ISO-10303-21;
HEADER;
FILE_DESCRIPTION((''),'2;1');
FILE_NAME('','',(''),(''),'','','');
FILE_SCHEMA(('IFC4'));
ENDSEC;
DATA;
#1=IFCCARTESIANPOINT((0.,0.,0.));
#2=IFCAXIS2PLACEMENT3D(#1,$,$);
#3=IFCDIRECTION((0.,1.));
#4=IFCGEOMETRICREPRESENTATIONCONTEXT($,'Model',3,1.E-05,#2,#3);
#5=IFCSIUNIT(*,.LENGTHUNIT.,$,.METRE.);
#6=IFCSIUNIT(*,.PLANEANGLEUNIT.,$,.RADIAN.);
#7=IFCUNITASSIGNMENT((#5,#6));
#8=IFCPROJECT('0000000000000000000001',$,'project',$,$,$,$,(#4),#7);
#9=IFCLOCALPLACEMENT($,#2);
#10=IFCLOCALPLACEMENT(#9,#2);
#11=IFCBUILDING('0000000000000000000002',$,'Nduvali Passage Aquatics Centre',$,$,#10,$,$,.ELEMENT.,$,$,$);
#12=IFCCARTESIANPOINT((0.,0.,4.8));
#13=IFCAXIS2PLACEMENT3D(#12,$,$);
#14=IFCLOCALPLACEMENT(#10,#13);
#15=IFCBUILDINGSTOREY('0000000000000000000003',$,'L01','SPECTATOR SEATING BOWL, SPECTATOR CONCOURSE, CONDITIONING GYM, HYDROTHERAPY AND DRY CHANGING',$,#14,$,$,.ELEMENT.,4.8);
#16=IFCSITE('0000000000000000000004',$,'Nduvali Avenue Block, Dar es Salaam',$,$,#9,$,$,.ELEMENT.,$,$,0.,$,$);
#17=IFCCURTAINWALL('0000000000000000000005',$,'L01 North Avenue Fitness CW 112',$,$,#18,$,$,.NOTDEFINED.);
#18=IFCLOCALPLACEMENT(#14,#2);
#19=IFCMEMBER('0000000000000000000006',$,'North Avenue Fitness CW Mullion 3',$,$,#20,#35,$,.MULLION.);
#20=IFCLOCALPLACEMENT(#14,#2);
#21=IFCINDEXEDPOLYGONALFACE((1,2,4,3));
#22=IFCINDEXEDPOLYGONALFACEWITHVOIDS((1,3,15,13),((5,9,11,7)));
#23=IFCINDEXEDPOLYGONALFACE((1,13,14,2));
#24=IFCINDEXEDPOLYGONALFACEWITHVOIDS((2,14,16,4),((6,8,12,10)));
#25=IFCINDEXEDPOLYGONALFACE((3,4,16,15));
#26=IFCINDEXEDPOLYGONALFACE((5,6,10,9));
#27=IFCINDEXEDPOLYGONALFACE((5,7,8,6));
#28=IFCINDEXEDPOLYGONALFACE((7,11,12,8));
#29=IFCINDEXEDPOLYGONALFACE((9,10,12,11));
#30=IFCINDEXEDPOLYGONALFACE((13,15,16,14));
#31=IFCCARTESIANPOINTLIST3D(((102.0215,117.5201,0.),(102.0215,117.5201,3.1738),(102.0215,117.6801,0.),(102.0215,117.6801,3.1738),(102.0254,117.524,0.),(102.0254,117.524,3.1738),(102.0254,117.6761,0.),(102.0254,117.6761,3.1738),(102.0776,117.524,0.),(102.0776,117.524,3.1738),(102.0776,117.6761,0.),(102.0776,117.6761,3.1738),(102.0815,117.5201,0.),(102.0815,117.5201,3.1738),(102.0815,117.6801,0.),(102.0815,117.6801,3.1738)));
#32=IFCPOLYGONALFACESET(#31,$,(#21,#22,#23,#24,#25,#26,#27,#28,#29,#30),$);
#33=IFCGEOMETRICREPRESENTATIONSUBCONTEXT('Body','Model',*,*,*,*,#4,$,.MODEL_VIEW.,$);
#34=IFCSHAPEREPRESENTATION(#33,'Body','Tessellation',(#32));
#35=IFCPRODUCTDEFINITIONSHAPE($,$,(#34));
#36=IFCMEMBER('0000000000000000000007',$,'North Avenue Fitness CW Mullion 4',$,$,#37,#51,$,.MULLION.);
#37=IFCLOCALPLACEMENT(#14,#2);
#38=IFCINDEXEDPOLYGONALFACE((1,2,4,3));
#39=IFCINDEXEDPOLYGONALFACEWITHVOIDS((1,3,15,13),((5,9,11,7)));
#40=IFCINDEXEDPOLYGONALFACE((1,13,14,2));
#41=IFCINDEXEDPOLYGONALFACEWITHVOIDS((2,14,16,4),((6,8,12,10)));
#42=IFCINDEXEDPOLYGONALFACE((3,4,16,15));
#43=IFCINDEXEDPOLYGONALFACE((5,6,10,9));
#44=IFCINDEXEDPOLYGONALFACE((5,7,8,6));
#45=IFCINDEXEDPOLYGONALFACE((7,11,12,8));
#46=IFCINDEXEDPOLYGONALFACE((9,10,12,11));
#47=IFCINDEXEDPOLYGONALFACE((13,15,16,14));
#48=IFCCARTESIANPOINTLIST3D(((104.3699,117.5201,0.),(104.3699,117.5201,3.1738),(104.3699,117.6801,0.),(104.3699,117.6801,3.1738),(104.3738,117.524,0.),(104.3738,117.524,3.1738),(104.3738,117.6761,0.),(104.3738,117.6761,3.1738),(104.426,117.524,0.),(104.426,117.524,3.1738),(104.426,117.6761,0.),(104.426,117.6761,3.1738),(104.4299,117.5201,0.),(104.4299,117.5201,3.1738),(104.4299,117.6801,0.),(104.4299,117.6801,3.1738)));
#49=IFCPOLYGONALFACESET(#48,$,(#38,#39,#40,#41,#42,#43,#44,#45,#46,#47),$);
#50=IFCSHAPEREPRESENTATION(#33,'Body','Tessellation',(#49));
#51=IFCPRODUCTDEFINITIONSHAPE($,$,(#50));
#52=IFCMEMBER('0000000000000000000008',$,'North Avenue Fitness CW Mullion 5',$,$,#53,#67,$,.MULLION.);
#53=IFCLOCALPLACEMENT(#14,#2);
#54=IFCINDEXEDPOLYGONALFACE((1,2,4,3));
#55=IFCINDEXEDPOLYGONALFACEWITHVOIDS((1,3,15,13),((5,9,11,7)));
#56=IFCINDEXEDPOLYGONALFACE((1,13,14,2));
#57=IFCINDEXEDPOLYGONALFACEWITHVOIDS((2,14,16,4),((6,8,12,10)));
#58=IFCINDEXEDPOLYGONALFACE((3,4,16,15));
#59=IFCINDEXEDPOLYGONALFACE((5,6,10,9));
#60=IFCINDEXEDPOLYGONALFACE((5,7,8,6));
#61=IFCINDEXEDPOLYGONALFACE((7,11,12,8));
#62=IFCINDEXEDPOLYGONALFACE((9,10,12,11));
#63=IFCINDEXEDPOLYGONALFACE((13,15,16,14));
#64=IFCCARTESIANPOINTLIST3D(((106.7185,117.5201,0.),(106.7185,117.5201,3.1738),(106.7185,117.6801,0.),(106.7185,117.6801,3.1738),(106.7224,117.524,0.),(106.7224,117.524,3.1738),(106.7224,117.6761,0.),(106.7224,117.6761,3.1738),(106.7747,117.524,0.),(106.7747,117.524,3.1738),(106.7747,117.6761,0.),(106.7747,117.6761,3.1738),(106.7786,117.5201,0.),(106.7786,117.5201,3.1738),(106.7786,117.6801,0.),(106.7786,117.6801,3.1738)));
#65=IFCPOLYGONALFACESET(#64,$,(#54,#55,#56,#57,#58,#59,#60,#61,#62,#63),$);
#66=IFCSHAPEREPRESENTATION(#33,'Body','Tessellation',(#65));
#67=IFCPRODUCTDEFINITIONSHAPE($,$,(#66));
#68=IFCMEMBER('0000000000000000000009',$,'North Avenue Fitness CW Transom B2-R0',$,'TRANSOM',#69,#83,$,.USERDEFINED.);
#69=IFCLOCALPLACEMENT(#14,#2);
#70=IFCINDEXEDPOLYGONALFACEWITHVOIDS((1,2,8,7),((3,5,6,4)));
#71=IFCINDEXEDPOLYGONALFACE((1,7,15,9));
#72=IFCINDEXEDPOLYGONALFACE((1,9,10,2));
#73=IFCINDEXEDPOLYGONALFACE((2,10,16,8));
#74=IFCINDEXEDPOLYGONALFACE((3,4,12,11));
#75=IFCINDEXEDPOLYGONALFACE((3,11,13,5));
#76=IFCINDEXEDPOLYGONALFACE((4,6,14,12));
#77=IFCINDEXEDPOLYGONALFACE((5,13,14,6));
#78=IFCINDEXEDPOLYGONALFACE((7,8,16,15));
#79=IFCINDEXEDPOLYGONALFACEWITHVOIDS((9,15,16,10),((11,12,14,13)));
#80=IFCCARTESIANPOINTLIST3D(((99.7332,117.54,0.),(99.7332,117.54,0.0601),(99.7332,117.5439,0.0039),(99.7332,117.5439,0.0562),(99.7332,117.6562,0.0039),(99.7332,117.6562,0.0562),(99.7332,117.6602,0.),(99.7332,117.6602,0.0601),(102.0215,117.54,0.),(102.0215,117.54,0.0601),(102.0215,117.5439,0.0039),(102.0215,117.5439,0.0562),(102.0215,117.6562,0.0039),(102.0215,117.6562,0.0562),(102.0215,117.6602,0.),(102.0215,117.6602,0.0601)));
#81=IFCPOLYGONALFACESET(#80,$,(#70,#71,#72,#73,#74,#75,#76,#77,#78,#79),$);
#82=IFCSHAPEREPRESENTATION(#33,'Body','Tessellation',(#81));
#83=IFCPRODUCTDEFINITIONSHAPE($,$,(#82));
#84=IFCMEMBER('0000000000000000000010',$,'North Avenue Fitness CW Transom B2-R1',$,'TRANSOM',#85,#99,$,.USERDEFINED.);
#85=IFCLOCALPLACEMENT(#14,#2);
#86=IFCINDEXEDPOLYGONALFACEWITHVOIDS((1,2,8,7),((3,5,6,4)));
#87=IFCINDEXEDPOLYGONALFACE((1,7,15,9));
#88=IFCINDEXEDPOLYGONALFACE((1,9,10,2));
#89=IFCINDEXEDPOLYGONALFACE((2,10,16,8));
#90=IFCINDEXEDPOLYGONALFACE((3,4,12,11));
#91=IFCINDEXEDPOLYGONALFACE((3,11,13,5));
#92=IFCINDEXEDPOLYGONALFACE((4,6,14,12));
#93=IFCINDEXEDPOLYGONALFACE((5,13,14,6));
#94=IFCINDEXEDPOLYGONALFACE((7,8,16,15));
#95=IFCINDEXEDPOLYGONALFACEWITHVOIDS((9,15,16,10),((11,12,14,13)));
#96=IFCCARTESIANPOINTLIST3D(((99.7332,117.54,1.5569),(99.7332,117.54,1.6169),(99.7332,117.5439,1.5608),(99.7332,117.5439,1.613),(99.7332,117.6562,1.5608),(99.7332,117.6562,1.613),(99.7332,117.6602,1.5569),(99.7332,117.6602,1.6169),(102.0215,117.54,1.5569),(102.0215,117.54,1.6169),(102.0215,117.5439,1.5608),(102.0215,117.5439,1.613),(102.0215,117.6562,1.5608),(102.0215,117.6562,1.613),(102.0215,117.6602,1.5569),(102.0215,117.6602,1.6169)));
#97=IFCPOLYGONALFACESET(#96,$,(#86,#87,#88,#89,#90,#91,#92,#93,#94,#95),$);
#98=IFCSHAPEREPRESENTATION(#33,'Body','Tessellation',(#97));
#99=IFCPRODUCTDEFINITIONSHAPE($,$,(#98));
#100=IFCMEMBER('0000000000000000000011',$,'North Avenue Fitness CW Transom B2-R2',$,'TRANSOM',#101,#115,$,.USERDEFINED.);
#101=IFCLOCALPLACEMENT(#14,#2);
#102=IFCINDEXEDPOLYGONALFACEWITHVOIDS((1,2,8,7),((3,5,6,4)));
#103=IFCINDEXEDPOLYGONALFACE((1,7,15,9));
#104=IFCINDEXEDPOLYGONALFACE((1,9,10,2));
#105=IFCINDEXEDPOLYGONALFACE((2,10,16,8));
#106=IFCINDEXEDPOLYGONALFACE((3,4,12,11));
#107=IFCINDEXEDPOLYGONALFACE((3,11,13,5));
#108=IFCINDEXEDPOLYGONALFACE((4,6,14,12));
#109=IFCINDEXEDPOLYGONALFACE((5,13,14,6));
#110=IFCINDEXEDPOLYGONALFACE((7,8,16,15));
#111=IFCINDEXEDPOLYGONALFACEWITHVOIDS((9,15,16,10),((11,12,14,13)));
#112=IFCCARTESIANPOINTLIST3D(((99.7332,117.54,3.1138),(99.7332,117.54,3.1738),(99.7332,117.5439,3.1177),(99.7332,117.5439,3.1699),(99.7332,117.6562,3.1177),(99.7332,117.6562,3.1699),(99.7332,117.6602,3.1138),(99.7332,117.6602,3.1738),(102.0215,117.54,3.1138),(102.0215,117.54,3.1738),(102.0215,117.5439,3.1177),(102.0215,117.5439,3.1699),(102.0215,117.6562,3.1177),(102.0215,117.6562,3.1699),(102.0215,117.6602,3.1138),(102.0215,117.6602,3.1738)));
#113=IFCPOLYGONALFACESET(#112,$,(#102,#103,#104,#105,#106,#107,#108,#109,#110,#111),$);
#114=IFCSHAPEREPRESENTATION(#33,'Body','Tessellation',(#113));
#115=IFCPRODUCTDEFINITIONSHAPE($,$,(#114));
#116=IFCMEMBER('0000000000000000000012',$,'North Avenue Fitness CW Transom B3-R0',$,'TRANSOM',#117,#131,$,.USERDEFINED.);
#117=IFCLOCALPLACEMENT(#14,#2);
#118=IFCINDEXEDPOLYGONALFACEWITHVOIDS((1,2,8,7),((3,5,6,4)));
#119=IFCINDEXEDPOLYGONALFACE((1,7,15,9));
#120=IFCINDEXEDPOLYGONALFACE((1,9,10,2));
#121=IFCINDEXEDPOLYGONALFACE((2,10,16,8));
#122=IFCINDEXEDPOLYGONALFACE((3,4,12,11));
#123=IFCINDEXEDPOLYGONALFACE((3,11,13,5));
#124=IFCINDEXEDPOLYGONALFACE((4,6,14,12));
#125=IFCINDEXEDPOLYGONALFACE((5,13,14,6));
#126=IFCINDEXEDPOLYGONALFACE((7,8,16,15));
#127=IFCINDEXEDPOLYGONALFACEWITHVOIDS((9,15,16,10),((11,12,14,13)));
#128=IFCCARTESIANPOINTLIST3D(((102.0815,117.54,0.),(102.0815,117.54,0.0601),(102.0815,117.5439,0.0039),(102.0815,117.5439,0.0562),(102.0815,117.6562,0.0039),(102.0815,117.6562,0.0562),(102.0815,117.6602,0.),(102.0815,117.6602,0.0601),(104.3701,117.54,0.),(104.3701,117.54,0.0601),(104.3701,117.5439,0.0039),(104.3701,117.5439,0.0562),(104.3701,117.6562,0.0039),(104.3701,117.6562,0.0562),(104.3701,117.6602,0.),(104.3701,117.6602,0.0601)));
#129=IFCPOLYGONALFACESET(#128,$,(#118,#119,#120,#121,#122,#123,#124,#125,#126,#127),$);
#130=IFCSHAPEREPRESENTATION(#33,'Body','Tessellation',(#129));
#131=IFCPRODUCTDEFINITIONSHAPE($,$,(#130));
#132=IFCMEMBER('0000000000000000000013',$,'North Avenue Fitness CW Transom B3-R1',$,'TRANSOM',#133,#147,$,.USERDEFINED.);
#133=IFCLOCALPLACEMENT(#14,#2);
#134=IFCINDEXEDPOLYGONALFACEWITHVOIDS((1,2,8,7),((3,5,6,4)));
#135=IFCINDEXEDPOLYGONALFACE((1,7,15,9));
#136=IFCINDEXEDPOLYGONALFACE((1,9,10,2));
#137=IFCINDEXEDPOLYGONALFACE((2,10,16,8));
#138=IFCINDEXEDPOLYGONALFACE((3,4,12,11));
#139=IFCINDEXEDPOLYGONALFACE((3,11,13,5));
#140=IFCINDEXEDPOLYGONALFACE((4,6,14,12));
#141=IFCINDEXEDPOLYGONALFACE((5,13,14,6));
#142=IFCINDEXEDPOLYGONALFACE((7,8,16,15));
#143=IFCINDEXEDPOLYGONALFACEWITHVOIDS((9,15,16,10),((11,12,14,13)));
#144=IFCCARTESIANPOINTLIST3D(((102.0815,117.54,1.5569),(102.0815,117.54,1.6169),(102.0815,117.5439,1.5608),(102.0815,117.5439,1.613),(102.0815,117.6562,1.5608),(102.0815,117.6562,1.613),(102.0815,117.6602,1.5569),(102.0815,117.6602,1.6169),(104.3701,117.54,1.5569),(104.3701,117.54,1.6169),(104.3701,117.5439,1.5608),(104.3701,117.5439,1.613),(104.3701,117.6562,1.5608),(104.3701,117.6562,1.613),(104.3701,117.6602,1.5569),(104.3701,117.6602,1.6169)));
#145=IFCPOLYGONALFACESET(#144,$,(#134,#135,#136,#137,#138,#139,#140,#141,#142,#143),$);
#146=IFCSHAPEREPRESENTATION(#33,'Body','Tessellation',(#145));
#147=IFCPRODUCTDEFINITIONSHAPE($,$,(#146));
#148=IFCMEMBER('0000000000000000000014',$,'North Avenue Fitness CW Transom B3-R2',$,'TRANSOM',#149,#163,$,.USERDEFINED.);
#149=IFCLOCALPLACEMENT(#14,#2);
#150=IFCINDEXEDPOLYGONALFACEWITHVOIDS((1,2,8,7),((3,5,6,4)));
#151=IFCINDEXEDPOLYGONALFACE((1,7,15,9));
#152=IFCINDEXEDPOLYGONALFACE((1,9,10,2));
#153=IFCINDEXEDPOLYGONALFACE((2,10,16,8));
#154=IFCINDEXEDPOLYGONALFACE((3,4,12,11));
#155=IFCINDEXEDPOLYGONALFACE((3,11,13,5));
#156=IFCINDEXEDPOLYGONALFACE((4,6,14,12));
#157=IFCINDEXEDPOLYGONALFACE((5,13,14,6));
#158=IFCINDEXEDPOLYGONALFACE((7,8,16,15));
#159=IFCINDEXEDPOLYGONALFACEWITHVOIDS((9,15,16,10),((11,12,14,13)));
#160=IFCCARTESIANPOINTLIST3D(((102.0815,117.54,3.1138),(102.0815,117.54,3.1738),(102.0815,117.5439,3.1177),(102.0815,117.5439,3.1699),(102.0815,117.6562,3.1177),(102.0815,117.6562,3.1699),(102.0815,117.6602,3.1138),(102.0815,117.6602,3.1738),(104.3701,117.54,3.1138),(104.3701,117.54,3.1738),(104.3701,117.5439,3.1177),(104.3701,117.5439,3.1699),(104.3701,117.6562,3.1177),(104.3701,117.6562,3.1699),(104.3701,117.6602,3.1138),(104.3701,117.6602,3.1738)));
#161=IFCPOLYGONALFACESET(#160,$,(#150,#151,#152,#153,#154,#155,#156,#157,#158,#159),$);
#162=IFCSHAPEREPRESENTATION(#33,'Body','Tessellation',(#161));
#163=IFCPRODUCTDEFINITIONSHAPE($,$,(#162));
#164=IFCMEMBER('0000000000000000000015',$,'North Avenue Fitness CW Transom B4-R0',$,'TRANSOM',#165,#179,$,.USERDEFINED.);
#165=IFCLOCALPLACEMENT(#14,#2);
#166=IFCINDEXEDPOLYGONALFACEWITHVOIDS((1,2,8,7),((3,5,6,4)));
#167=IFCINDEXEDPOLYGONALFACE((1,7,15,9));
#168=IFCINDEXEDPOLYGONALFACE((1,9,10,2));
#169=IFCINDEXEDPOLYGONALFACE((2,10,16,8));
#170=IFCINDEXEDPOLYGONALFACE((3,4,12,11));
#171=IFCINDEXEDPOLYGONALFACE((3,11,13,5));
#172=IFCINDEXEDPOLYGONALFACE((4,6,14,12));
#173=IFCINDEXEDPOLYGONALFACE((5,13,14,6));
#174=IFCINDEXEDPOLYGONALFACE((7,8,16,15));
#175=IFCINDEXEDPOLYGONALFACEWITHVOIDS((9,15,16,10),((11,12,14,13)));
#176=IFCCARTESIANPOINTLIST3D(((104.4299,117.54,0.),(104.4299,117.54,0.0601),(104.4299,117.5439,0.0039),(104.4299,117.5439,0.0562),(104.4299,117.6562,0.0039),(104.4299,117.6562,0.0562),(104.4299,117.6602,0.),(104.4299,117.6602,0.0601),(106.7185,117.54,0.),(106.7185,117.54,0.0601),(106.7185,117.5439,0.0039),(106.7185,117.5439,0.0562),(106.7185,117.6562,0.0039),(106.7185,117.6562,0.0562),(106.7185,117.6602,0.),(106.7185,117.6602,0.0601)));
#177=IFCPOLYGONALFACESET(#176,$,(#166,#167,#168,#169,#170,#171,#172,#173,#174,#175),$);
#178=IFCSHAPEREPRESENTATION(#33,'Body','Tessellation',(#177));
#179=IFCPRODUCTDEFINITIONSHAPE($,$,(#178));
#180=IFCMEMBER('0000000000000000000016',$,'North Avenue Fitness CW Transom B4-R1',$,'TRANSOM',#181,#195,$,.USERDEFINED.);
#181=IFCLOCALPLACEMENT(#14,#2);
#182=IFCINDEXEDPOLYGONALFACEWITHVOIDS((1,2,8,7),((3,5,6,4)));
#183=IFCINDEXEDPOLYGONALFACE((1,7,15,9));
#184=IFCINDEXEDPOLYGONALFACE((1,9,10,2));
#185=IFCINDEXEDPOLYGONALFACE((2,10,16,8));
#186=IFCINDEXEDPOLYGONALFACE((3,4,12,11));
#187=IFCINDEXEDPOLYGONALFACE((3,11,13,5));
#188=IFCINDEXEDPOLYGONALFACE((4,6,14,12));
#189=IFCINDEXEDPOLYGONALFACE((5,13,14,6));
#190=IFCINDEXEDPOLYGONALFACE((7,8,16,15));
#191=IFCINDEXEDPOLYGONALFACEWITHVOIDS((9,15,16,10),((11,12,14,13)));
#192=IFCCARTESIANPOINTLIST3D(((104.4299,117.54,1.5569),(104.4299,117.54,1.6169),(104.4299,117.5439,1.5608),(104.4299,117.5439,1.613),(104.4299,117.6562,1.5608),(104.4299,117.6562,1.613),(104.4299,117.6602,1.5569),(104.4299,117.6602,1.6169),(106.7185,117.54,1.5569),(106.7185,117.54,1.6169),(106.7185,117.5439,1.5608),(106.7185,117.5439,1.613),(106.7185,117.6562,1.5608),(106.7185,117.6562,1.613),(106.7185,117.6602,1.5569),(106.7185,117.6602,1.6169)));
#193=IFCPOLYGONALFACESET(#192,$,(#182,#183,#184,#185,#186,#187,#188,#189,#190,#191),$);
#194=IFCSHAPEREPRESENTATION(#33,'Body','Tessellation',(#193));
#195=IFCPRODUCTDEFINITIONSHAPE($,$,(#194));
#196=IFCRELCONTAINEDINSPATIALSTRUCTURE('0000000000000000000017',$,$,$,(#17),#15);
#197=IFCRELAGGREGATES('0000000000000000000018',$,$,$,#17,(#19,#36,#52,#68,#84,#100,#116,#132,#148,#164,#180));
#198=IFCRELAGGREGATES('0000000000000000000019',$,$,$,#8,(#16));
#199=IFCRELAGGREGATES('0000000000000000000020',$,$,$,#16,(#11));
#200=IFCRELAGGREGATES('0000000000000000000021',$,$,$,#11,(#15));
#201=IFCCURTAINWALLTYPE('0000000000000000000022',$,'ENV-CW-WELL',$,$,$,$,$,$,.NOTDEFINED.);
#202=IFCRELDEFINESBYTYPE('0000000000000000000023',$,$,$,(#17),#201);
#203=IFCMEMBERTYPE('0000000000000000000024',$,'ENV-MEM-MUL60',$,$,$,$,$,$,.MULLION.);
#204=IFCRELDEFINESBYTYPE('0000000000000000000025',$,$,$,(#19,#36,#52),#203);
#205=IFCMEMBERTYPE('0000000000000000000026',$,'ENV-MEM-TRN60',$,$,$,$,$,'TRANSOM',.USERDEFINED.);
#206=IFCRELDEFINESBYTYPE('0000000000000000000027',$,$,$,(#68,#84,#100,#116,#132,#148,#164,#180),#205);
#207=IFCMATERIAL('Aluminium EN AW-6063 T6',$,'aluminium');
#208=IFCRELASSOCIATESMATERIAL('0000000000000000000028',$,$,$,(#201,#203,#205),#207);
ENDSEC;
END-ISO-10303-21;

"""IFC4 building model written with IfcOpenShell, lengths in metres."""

from ifc_helpers import new_model, si_unit, direction, frame, origin, origin_2d, place, context, subcontext, project, spatial, hollow_rectangle, extrude, material, material_profile, profile_set, type_object, element, aggregate, save


model = new_model("IFC4")

# Units and contexts
model_context = context("Model", 3, precision=1e-05, world=origin(), true_north=direction((0.0, 1.0)))
body_context = subcontext(model_context, "Body", "Model", "MODEL_VIEW")
ifc_project = project(units=[si_unit("LENGTHUNIT", "METRE"), si_unit("PLANEANGLEUNIT", "RADIAN")], contexts=[model_context])

# Site, building, storey
site_placement = place(None, origin())
site = spatial("IfcSite", under=ifc_project, at=site_placement, Name="Nduvali Avenue Block, Dar es Salaam", CompositionType="ELEMENT", RefElevation=0.0)
building_placement = place(site_placement, origin())
building = spatial("IfcBuilding", under=site, at=building_placement, Name="Nduvali Passage Aquatics Centre", CompositionType="ELEMENT")
storey_placement = place(building_placement, frame((0.0, 0.0, 4.8)))
storey = spatial("IfcBuildingStorey", under=building, at=storey_placement, Name="L01", Description="SPECTATOR SEATING BOWL, SPECTATOR CONCOURSE, CONDITIONING GYM, HYDROTHERAPY AND DRY CHANGING", CompositionType="ELEMENT", Elevation=4.8)

# Curtain wall, members
ifc_material_1 = material(Name="Aluminium EN AW-6063 T6", Category="aluminium")
curtain_wall_type = type_object("IfcCurtainWallType", Name="ENV-CW-WELL", PredefinedType="NOTDEFINED", material=ifc_material_1)
curtain_wall_placement = place(storey_placement, origin())
curtain_wall = element("IfcCurtainWall", 1, at=curtain_wall_placement, inside=storey, type_object=curtain_wall_type, Name="L01 North Avenue Fitness CW 112", PredefinedType="NOTDEFINED")
ifc_material_profile_1 = material_profile(ifc_material_1, hollow_rectangle(XDim=0.0601, YDim=0.1599, WallThickness=0.0039, at=origin_2d()), Name="ALU MULLION 60x160x4")
ifc_profile_set_1 = profile_set([ifc_material_profile_1], Name="Aluminium EN AW-6063 T6")
member_type_1 = type_object("IfcMemberType", Name="ENV-MEM-MUL60", PredefinedType="MULLION", material=ifc_profile_set_1)
member_1_placement = place(storey_placement, frame((102.0515, 117.6001, 0.0), z_axis=(0.0, 0.0, 1.0), x_axis=(1.0, 0.0, 0.0)))
member_1 = element("IfcMember", 2, at=member_1_placement, type_object=member_type_1, Name="North Avenue Fitness CW Mullion 3", PredefinedType="MULLION", context=body_context, shape_type="SweptSolid", body=[
    extrude(hollow_rectangle(XDim=0.0601, YDim=0.1599, WallThickness=0.0039, at=origin_2d()), origin(), (0.0, 0.0, 1.0), 3.1738),
])
member_2_placement = place(storey_placement, frame((104.3999, 117.6001, 0.0), z_axis=(0.0, 0.0, 1.0), x_axis=(1.0, 0.0, 0.0)))
member_2 = element("IfcMember", 3, at=member_2_placement, type_object=member_type_1, Name="North Avenue Fitness CW Mullion 4", PredefinedType="MULLION", context=body_context, shape_type="SweptSolid", body=[
    extrude(hollow_rectangle(XDim=0.0601, YDim=0.1599, WallThickness=0.0039, at=origin_2d()), origin(), (0.0, 0.0, 1.0), 3.1738),
])
member_3_placement = place(storey_placement, frame((106.7485, 117.6001, 0.0), z_axis=(0.0, 0.0, 1.0), x_axis=(1.0, 0.0, 0.0)))
member_3 = element("IfcMember", 4, at=member_3_placement, type_object=member_type_1, Name="North Avenue Fitness CW Mullion 5", PredefinedType="MULLION", context=body_context, shape_type="SweptSolid", body=[
    extrude(hollow_rectangle(XDim=0.0601, YDim=0.1599, WallThickness=0.0039, at=origin_2d()), origin(), (0.0, 0.0, 1.0), 3.1738),
])
ifc_material_profile_2 = material_profile(ifc_material_1, hollow_rectangle(XDim=0.1201, YDim=0.0601, WallThickness=0.0039, at=origin_2d()), Name="ALU TRANSOM 120x60x4")
ifc_profile_set_2 = profile_set([ifc_material_profile_2], Name="Aluminium EN AW-6063 T6")
member_type_2 = type_object("IfcMemberType", Name="ENV-MEM-TRN60", ElementType="TRANSOM", PredefinedType="USERDEFINED", material=ifc_profile_set_2)
member_4_placement = place(storey_placement, frame((99.7332, 117.6001, 0.03), z_axis=(1.0, 0.0, 0.0), x_axis=(0.0, 1.0, 0.0)))
member_4 = element("IfcMember", 5, at=member_4_placement, type_object=member_type_2, Name="North Avenue Fitness CW Transom B2-R0", ObjectType="TRANSOM", PredefinedType="USERDEFINED", context=body_context, shape_type="SweptSolid", body=[
    extrude(hollow_rectangle(XDim=0.1201, YDim=0.0601, WallThickness=0.0039, at=origin_2d()), origin(), (0.0, 0.0, 1.0), 2.2883),
])
member_5_placement = place(storey_placement, frame((99.7332, 117.6001, 1.5869), z_axis=(1.0, 0.0, 0.0), x_axis=(0.0, 1.0, 0.0)))
member_5 = element("IfcMember", 6, at=member_5_placement, type_object=member_type_2, Name="North Avenue Fitness CW Transom B2-R1", ObjectType="TRANSOM", PredefinedType="USERDEFINED", context=body_context, shape_type="SweptSolid", body=[
    extrude(hollow_rectangle(XDim=0.1201, YDim=0.0601, WallThickness=0.0039, at=origin_2d()), origin(), (0.0, 0.0, 1.0), 2.2883),
])
member_6_placement = place(storey_placement, frame((99.7332, 117.6001, 3.1438), z_axis=(1.0, 0.0, 0.0), x_axis=(0.0, 1.0, 0.0)))
member_6 = element("IfcMember", 7, at=member_6_placement, type_object=member_type_2, Name="North Avenue Fitness CW Transom B2-R2", ObjectType="TRANSOM", PredefinedType="USERDEFINED", context=body_context, shape_type="SweptSolid", body=[
    extrude(hollow_rectangle(XDim=0.1201, YDim=0.0601, WallThickness=0.0039, at=origin_2d()), origin(), (0.0, 0.0, 1.0), 2.2883),
])
member_7_placement = place(storey_placement, frame((102.0815, 117.6001, 0.03), z_axis=(1.0, 0.0, 0.0), x_axis=(0.0, 1.0, 0.0)))
member_7 = element("IfcMember", 8, at=member_7_placement, type_object=member_type_2, Name="North Avenue Fitness CW Transom B3-R0", ObjectType="TRANSOM", PredefinedType="USERDEFINED", context=body_context, shape_type="SweptSolid", body=[
    extrude(hollow_rectangle(XDim=0.1201, YDim=0.0601, WallThickness=0.0039, at=origin_2d()), origin(), (0.0, 0.0, 1.0), 2.2886),
])
member_8_placement = place(storey_placement, frame((102.0815, 117.6001, 1.5869), z_axis=(1.0, 0.0, 0.0), x_axis=(0.0, 1.0, 0.0)))
member_8 = element("IfcMember", 9, at=member_8_placement, type_object=member_type_2, Name="North Avenue Fitness CW Transom B3-R1", ObjectType="TRANSOM", PredefinedType="USERDEFINED", context=body_context, shape_type="SweptSolid", body=[
    extrude(hollow_rectangle(XDim=0.1201, YDim=0.0601, WallThickness=0.0039, at=origin_2d()), origin(), (0.0, 0.0, 1.0), 2.2886),
])
member_9_placement = place(storey_placement, frame((102.0815, 117.6001, 3.1438), z_axis=(1.0, 0.0, 0.0), x_axis=(0.0, 1.0, 0.0)))
member_9 = element("IfcMember", 10, at=member_9_placement, type_object=member_type_2, Name="North Avenue Fitness CW Transom B3-R2", ObjectType="TRANSOM", PredefinedType="USERDEFINED", context=body_context, shape_type="SweptSolid", body=[
    extrude(hollow_rectangle(XDim=0.1201, YDim=0.0601, WallThickness=0.0039, at=origin_2d()), origin(), (0.0, 0.0, 1.0), 2.2886),
])
member_10_placement = place(storey_placement, frame((104.4299, 117.6001, 0.03), z_axis=(1.0, 0.0, 0.0), x_axis=(0.0, 1.0, 0.0)))
member_10 = element("IfcMember", 11, at=member_10_placement, type_object=member_type_2, Name="North Avenue Fitness CW Transom B4-R0", ObjectType="TRANSOM", PredefinedType="USERDEFINED", context=body_context, shape_type="SweptSolid", body=[
    extrude(hollow_rectangle(XDim=0.1201, YDim=0.0601, WallThickness=0.0039, at=origin_2d()), origin(), (0.0, 0.0, 1.0), 2.2886),
])
member_11_placement = place(storey_placement, frame((104.4299, 117.6001, 1.5869), z_axis=(1.0, 0.0, 0.0), x_axis=(0.0, 1.0, 0.0)))
member_11 = element("IfcMember", 12, at=member_11_placement, type_object=member_type_2, Name="North Avenue Fitness CW Transom B4-R1", ObjectType="TRANSOM", PredefinedType="USERDEFINED", context=body_context, shape_type="SweptSolid", body=[
    extrude(hollow_rectangle(XDim=0.1201, YDim=0.0601, WallThickness=0.0039, at=origin_2d()), origin(), (0.0, 0.0, 1.0), 2.2886),
])
aggregate(curtain_wall, [member_1, member_2, member_3, member_4, member_5, member_6, member_7, member_8, member_9, member_10, member_11])

save(model, "model.ifc")
